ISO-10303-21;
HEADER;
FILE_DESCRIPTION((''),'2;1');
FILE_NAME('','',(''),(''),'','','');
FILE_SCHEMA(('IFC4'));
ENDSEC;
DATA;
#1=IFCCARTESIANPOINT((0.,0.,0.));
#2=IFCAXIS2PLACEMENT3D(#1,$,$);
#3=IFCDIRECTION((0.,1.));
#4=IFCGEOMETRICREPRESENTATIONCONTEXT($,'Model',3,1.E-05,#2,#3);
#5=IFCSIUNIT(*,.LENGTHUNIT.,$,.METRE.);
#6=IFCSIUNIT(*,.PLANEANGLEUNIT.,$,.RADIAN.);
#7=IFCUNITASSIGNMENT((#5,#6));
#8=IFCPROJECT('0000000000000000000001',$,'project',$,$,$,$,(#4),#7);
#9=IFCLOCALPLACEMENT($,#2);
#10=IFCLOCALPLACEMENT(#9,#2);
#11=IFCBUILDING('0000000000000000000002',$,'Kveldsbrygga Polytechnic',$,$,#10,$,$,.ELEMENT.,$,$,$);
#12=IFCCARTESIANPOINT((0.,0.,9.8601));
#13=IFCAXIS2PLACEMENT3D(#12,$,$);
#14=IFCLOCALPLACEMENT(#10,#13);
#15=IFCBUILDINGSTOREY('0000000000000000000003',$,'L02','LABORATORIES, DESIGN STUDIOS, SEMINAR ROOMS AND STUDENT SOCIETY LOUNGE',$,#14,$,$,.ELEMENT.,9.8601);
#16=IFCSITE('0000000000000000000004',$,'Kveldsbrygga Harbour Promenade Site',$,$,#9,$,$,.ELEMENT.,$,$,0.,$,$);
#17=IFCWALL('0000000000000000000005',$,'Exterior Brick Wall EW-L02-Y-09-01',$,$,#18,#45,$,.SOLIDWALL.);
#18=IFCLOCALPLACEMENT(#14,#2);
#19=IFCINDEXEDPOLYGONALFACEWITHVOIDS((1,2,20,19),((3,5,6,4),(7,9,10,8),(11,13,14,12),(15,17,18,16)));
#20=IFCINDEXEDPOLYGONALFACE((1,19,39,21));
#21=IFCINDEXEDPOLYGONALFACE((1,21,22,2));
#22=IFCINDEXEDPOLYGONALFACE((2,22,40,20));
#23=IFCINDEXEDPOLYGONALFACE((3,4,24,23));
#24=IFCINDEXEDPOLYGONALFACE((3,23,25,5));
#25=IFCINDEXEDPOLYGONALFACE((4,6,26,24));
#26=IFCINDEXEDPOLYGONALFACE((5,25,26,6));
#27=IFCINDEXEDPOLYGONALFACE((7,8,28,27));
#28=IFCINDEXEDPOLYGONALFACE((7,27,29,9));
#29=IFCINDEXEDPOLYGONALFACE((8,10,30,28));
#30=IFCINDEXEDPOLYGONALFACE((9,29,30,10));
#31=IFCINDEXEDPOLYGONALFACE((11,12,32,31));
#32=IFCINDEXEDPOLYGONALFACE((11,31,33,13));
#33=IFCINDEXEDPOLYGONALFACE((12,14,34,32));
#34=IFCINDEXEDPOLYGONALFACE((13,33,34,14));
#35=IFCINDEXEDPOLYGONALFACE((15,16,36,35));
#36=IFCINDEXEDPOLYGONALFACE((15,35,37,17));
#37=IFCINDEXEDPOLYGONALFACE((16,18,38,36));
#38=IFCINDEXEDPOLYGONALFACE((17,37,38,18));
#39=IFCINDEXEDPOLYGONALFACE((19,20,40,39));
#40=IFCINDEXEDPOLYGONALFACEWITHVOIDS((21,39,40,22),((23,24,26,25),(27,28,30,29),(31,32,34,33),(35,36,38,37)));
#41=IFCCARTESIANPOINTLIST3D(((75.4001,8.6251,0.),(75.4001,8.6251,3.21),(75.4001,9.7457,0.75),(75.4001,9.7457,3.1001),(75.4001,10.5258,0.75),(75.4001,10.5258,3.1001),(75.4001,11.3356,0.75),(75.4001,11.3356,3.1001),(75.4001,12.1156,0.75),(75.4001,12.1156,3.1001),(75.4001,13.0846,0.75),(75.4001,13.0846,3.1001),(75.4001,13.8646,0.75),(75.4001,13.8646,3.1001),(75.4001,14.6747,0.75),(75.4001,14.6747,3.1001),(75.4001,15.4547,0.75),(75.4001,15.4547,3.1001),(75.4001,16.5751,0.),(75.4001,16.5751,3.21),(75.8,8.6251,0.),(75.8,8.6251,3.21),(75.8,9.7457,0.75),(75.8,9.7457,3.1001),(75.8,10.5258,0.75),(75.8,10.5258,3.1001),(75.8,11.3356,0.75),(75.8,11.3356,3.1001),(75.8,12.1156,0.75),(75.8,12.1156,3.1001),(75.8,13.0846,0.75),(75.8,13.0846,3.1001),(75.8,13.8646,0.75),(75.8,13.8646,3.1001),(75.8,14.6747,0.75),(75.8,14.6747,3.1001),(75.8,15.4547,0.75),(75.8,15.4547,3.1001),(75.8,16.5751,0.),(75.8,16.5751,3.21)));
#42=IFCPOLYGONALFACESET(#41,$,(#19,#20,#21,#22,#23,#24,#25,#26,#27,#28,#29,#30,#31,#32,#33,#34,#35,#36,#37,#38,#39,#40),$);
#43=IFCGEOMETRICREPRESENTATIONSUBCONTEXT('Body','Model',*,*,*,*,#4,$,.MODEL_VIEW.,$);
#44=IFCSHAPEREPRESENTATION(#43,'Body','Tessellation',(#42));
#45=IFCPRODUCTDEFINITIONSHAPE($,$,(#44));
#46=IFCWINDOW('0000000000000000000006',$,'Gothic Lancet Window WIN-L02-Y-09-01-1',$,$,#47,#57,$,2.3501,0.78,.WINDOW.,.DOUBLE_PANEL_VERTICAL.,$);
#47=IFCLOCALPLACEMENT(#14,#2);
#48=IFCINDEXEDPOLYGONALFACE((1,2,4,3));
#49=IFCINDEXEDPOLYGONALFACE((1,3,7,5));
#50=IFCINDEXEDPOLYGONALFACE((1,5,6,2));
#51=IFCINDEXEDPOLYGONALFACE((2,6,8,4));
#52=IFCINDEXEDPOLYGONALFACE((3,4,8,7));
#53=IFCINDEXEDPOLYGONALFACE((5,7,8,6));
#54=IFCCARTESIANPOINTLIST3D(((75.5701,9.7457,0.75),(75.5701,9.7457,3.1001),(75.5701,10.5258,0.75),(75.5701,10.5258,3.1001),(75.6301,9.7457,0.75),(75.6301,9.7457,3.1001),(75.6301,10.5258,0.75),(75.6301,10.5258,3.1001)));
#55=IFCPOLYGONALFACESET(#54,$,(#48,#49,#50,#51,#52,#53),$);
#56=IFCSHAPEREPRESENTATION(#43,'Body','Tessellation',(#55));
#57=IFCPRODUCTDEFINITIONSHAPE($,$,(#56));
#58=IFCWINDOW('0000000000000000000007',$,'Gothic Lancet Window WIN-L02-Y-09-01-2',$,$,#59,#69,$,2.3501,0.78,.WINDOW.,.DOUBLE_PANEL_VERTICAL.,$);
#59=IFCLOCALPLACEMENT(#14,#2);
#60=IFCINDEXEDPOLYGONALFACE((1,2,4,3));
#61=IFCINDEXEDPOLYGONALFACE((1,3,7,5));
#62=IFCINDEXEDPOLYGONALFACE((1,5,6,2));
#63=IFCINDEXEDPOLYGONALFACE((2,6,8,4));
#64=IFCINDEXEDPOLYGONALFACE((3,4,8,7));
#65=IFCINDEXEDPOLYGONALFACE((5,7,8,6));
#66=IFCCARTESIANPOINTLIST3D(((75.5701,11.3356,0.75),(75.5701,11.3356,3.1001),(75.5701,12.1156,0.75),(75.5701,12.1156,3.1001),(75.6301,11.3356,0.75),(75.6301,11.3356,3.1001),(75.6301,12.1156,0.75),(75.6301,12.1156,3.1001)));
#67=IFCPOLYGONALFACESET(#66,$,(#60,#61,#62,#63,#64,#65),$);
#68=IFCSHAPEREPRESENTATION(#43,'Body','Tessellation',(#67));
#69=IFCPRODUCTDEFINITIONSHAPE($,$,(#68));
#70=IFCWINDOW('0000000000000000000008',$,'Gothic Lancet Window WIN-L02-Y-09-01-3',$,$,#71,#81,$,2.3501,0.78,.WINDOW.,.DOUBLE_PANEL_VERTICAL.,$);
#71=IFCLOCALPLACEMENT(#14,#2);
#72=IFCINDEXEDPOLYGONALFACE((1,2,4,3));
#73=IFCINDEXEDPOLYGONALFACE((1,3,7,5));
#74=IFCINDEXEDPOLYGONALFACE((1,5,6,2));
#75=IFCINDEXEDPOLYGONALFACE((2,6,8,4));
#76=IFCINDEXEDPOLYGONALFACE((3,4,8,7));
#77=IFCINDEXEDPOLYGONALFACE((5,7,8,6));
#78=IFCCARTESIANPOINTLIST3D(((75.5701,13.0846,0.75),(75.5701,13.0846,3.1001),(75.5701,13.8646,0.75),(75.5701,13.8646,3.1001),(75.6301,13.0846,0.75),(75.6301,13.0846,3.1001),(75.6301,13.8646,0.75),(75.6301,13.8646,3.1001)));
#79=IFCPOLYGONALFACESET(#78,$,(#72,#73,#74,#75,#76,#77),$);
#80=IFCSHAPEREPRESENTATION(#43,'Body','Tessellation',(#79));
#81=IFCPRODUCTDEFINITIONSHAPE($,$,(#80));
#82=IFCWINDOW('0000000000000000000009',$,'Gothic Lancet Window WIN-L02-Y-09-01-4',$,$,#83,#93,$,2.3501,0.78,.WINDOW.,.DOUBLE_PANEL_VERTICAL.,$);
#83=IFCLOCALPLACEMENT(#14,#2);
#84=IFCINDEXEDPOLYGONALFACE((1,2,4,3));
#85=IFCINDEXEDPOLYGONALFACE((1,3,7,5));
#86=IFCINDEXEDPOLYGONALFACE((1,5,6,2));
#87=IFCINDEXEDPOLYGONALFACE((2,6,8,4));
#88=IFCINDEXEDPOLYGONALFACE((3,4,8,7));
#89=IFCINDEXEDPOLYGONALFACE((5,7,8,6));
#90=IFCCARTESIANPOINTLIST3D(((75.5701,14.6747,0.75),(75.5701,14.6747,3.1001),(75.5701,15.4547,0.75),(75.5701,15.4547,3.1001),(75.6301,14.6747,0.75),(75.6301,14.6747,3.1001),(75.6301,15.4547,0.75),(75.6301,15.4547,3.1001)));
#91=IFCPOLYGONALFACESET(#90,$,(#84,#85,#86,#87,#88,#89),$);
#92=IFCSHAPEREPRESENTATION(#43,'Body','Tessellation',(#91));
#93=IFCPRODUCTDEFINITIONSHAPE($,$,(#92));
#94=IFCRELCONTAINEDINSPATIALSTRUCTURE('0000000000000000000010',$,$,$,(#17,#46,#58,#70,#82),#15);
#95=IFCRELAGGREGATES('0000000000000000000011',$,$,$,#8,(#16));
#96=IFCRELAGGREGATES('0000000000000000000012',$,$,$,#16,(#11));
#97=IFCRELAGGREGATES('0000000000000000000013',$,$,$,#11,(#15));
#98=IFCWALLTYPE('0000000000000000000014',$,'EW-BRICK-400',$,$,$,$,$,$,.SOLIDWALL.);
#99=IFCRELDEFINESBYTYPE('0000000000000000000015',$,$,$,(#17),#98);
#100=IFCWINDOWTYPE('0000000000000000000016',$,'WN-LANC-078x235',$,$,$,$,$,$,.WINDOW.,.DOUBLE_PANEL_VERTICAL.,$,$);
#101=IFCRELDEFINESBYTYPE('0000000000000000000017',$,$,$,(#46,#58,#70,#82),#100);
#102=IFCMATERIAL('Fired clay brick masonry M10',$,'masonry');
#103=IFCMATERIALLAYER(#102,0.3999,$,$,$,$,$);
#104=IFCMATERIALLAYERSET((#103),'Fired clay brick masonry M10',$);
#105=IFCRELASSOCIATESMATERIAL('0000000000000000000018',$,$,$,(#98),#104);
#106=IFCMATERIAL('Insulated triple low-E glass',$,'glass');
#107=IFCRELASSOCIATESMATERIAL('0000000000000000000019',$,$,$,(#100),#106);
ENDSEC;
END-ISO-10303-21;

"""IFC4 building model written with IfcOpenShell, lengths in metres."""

from ifc_helpers import new_model, si_unit, direction, frame, frame_2d, origin, place, context, subcontext, project, spatial, rectangle, extrude, material, layer, layer_set, type_object, element, fill, save


model = new_model("IFC4")

# Units and contexts
model_context = context("Model", 3, precision=1e-05, world=origin(), true_north=direction((0.0, 1.0)))
body_context = subcontext(model_context, "Body", "Model", "MODEL_VIEW")
ifc_project = project(units=[si_unit("LENGTHUNIT", "METRE"), si_unit("PLANEANGLEUNIT", "RADIAN")], contexts=[model_context])

# Site, building, storey
site_placement = place(None, origin())
site = spatial("IfcSite", under=ifc_project, at=site_placement, Name="Kveldsbrygga Harbour Promenade Site", CompositionType="ELEMENT", RefElevation=0.0)
building_placement = place(site_placement, origin())
building = spatial("IfcBuilding", under=site, at=building_placement, Name="Kveldsbrygga Polytechnic", CompositionType="ELEMENT")
storey_placement = place(building_placement, frame((0.0, 0.0, 9.8601)))
storey = spatial("IfcBuildingStorey", under=building, at=storey_placement, Name="L02", Description="LABORATORIES, DESIGN STUDIOS, SEMINAR ROOMS AND STUDENT SOCIETY LOUNGE", CompositionType="ELEMENT", Elevation=9.8601)

# Shared definitions
ifc_material_1 = material(Name="Insulated triple low-E glass", Category="glass")

# Wall, openings, windows
ifc_material_2 = material(Name="Fired clay brick masonry M10", Category="masonry")
ifc_layer_1 = layer(ifc_material_2, 0.3999)
ifc_layer_set_1 = layer_set([ifc_layer_1], Name="Fired clay brick masonry M10")
wall_type = type_object("IfcWallType", Name="EW-BRICK-400", PredefinedType="SOLIDWALL", material=ifc_layer_set_1)
wall_placement = place(storey_placement, frame((75.6001, 8.625, 0.0), z_axis=(0.0, 0.0, 1.0), x_axis=(0.0, 1.0, 0.0)))
wall = element("IfcWall", 1, at=wall_placement, inside=storey, type_object=wall_type, Name="Exterior Brick Wall EW-L02-Y-09-01", PredefinedType="SOLIDWALL", context=body_context, shape_type="SweptSolid", body=[
    extrude(rectangle(XDim=7.95, YDim=0.3999, at=frame_2d((3.9751, 0.0))), origin(), (0.0, 0.0, 1.0), 3.21),
])
opening_1_placement = place(wall_placement, frame((1.1206, 0.0, 0.75)))
opening_1 = element("IfcOpeningElement", 2, at=opening_1_placement, cuts=wall, PredefinedType="OPENING", context=body_context, shape_type="SweptSolid", body=[
    extrude(rectangle(XDim=0.78, YDim=2.3501, at=frame_2d((0.3901, 1.175))), frame((0.0, 0.21, 0.0), z_axis=(0.0, -1.0, 0.0), x_axis=(1.0, 0.0, 0.0)), (0.0, 0.0, 1.0), 0.4199),
])
opening_2_placement = place(wall_placement, frame((2.7104, 0.0, 0.75)))
opening_2 = element("IfcOpeningElement", 3, at=opening_2_placement, cuts=wall, PredefinedType="OPENING", context=body_context, shape_type="SweptSolid", body=[
    extrude(rectangle(XDim=0.78, YDim=2.3501, at=frame_2d((0.3901, 1.175))), frame((0.0, 0.21, 0.0), z_axis=(0.0, -1.0, 0.0), x_axis=(1.0, 0.0, 0.0)), (0.0, 0.0, 1.0), 0.4199),
])
opening_3_placement = place(wall_placement, frame((4.4595, 0.0, 0.75)))
opening_3 = element("IfcOpeningElement", 4, at=opening_3_placement, cuts=wall, PredefinedType="OPENING", context=body_context, shape_type="SweptSolid", body=[
    extrude(rectangle(XDim=0.78, YDim=2.3501, at=frame_2d((0.3901, 1.175))), frame((0.0, 0.21, 0.0), z_axis=(0.0, -1.0, 0.0), x_axis=(1.0, 0.0, 0.0)), (0.0, 0.0, 1.0), 0.4199),
])
opening_4_placement = place(wall_placement, frame((6.0496, 0.0, 0.75)))
opening_4 = element("IfcOpeningElement", 5, at=opening_4_placement, cuts=wall, PredefinedType="OPENING", context=body_context, shape_type="SweptSolid", body=[
    extrude(rectangle(XDim=0.78, YDim=2.3501, at=frame_2d((0.3901, 1.175))), frame((0.0, 0.21, 0.0), z_axis=(0.0, -1.0, 0.0), x_axis=(1.0, 0.0, 0.0)), (0.0, 0.0, 1.0), 0.4199),
])
window_type = type_object("IfcWindowType", Name="WN-LANC-078x235", PartitioningType="DOUBLE_PANEL_VERTICAL", PredefinedType="WINDOW", material=ifc_material_1)
window_1_placement = place(opening_1_placement, origin())
window_1 = element("IfcWindow", 6, at=window_1_placement, inside=storey, type_object=window_type, Name="Gothic Lancet Window WIN-L02-Y-09-01-1", OverallHeight=2.3501, OverallWidth=0.78, PartitioningType="DOUBLE_PANEL_VERTICAL", PredefinedType="WINDOW", context=body_context, shape_type="SweptSolid", body=[
    extrude(rectangle(XDim=0.78, YDim=2.3501, at=frame_2d((0.3901, 1.175))), frame((0.0, 0.03, 0.0), z_axis=(0.0, -1.0, 0.0), x_axis=(1.0, 0.0, 0.0)), (0.0, 0.0, 1.0), 0.0601),
])
fill(opening_1, window_1)
window_2_placement = place(opening_2_placement, origin())
window_2 = element("IfcWindow", 7, at=window_2_placement, inside=storey, type_object=window_type, Name="Gothic Lancet Window WIN-L02-Y-09-01-2", OverallHeight=2.3501, OverallWidth=0.78, PartitioningType="DOUBLE_PANEL_VERTICAL", PredefinedType="WINDOW", context=body_context, shape_type="SweptSolid", body=[
    extrude(rectangle(XDim=0.78, YDim=2.3501, at=frame_2d((0.3901, 1.175))), frame((0.0, 0.03, 0.0), z_axis=(0.0, -1.0, 0.0), x_axis=(1.0, 0.0, 0.0)), (0.0, 0.0, 1.0), 0.0601),
])
fill(opening_2, window_2)
window_3_placement = place(opening_3_placement, origin())
window_3 = element("IfcWindow", 8, at=window_3_placement, inside=storey, type_object=window_type, Name="Gothic Lancet Window WIN-L02-Y-09-01-3", OverallHeight=2.3501, OverallWidth=0.78, PartitioningType="DOUBLE_PANEL_VERTICAL", PredefinedType="WINDOW", context=body_context, shape_type="SweptSolid", body=[
    extrude(rectangle(XDim=0.78, YDim=2.3501, at=frame_2d((0.3901, 1.175))), frame((0.0, 0.03, 0.0), z_axis=(0.0, -1.0, 0.0), x_axis=(1.0, 0.0, 0.0)), (0.0, 0.0, 1.0), 0.0601),
])
fill(opening_3, window_3)
window_4_placement = place(opening_4_placement, origin())
window_4 = element("IfcWindow", 9, at=window_4_placement, inside=storey, type_object=window_type, Name="Gothic Lancet Window WIN-L02-Y-09-01-4", OverallHeight=2.3501, OverallWidth=0.78, PartitioningType="DOUBLE_PANEL_VERTICAL", PredefinedType="WINDOW", context=body_context, shape_type="SweptSolid", body=[
    extrude(rectangle(XDim=0.78, YDim=2.3501, at=frame_2d((0.3901, 1.175))), frame((0.0, 0.03, 0.0), z_axis=(0.0, -1.0, 0.0), x_axis=(1.0, 0.0, 0.0)), (0.0, 0.0, 1.0), 0.0601),
])
fill(opening_4, window_4)

save(model, "model.ifc")
